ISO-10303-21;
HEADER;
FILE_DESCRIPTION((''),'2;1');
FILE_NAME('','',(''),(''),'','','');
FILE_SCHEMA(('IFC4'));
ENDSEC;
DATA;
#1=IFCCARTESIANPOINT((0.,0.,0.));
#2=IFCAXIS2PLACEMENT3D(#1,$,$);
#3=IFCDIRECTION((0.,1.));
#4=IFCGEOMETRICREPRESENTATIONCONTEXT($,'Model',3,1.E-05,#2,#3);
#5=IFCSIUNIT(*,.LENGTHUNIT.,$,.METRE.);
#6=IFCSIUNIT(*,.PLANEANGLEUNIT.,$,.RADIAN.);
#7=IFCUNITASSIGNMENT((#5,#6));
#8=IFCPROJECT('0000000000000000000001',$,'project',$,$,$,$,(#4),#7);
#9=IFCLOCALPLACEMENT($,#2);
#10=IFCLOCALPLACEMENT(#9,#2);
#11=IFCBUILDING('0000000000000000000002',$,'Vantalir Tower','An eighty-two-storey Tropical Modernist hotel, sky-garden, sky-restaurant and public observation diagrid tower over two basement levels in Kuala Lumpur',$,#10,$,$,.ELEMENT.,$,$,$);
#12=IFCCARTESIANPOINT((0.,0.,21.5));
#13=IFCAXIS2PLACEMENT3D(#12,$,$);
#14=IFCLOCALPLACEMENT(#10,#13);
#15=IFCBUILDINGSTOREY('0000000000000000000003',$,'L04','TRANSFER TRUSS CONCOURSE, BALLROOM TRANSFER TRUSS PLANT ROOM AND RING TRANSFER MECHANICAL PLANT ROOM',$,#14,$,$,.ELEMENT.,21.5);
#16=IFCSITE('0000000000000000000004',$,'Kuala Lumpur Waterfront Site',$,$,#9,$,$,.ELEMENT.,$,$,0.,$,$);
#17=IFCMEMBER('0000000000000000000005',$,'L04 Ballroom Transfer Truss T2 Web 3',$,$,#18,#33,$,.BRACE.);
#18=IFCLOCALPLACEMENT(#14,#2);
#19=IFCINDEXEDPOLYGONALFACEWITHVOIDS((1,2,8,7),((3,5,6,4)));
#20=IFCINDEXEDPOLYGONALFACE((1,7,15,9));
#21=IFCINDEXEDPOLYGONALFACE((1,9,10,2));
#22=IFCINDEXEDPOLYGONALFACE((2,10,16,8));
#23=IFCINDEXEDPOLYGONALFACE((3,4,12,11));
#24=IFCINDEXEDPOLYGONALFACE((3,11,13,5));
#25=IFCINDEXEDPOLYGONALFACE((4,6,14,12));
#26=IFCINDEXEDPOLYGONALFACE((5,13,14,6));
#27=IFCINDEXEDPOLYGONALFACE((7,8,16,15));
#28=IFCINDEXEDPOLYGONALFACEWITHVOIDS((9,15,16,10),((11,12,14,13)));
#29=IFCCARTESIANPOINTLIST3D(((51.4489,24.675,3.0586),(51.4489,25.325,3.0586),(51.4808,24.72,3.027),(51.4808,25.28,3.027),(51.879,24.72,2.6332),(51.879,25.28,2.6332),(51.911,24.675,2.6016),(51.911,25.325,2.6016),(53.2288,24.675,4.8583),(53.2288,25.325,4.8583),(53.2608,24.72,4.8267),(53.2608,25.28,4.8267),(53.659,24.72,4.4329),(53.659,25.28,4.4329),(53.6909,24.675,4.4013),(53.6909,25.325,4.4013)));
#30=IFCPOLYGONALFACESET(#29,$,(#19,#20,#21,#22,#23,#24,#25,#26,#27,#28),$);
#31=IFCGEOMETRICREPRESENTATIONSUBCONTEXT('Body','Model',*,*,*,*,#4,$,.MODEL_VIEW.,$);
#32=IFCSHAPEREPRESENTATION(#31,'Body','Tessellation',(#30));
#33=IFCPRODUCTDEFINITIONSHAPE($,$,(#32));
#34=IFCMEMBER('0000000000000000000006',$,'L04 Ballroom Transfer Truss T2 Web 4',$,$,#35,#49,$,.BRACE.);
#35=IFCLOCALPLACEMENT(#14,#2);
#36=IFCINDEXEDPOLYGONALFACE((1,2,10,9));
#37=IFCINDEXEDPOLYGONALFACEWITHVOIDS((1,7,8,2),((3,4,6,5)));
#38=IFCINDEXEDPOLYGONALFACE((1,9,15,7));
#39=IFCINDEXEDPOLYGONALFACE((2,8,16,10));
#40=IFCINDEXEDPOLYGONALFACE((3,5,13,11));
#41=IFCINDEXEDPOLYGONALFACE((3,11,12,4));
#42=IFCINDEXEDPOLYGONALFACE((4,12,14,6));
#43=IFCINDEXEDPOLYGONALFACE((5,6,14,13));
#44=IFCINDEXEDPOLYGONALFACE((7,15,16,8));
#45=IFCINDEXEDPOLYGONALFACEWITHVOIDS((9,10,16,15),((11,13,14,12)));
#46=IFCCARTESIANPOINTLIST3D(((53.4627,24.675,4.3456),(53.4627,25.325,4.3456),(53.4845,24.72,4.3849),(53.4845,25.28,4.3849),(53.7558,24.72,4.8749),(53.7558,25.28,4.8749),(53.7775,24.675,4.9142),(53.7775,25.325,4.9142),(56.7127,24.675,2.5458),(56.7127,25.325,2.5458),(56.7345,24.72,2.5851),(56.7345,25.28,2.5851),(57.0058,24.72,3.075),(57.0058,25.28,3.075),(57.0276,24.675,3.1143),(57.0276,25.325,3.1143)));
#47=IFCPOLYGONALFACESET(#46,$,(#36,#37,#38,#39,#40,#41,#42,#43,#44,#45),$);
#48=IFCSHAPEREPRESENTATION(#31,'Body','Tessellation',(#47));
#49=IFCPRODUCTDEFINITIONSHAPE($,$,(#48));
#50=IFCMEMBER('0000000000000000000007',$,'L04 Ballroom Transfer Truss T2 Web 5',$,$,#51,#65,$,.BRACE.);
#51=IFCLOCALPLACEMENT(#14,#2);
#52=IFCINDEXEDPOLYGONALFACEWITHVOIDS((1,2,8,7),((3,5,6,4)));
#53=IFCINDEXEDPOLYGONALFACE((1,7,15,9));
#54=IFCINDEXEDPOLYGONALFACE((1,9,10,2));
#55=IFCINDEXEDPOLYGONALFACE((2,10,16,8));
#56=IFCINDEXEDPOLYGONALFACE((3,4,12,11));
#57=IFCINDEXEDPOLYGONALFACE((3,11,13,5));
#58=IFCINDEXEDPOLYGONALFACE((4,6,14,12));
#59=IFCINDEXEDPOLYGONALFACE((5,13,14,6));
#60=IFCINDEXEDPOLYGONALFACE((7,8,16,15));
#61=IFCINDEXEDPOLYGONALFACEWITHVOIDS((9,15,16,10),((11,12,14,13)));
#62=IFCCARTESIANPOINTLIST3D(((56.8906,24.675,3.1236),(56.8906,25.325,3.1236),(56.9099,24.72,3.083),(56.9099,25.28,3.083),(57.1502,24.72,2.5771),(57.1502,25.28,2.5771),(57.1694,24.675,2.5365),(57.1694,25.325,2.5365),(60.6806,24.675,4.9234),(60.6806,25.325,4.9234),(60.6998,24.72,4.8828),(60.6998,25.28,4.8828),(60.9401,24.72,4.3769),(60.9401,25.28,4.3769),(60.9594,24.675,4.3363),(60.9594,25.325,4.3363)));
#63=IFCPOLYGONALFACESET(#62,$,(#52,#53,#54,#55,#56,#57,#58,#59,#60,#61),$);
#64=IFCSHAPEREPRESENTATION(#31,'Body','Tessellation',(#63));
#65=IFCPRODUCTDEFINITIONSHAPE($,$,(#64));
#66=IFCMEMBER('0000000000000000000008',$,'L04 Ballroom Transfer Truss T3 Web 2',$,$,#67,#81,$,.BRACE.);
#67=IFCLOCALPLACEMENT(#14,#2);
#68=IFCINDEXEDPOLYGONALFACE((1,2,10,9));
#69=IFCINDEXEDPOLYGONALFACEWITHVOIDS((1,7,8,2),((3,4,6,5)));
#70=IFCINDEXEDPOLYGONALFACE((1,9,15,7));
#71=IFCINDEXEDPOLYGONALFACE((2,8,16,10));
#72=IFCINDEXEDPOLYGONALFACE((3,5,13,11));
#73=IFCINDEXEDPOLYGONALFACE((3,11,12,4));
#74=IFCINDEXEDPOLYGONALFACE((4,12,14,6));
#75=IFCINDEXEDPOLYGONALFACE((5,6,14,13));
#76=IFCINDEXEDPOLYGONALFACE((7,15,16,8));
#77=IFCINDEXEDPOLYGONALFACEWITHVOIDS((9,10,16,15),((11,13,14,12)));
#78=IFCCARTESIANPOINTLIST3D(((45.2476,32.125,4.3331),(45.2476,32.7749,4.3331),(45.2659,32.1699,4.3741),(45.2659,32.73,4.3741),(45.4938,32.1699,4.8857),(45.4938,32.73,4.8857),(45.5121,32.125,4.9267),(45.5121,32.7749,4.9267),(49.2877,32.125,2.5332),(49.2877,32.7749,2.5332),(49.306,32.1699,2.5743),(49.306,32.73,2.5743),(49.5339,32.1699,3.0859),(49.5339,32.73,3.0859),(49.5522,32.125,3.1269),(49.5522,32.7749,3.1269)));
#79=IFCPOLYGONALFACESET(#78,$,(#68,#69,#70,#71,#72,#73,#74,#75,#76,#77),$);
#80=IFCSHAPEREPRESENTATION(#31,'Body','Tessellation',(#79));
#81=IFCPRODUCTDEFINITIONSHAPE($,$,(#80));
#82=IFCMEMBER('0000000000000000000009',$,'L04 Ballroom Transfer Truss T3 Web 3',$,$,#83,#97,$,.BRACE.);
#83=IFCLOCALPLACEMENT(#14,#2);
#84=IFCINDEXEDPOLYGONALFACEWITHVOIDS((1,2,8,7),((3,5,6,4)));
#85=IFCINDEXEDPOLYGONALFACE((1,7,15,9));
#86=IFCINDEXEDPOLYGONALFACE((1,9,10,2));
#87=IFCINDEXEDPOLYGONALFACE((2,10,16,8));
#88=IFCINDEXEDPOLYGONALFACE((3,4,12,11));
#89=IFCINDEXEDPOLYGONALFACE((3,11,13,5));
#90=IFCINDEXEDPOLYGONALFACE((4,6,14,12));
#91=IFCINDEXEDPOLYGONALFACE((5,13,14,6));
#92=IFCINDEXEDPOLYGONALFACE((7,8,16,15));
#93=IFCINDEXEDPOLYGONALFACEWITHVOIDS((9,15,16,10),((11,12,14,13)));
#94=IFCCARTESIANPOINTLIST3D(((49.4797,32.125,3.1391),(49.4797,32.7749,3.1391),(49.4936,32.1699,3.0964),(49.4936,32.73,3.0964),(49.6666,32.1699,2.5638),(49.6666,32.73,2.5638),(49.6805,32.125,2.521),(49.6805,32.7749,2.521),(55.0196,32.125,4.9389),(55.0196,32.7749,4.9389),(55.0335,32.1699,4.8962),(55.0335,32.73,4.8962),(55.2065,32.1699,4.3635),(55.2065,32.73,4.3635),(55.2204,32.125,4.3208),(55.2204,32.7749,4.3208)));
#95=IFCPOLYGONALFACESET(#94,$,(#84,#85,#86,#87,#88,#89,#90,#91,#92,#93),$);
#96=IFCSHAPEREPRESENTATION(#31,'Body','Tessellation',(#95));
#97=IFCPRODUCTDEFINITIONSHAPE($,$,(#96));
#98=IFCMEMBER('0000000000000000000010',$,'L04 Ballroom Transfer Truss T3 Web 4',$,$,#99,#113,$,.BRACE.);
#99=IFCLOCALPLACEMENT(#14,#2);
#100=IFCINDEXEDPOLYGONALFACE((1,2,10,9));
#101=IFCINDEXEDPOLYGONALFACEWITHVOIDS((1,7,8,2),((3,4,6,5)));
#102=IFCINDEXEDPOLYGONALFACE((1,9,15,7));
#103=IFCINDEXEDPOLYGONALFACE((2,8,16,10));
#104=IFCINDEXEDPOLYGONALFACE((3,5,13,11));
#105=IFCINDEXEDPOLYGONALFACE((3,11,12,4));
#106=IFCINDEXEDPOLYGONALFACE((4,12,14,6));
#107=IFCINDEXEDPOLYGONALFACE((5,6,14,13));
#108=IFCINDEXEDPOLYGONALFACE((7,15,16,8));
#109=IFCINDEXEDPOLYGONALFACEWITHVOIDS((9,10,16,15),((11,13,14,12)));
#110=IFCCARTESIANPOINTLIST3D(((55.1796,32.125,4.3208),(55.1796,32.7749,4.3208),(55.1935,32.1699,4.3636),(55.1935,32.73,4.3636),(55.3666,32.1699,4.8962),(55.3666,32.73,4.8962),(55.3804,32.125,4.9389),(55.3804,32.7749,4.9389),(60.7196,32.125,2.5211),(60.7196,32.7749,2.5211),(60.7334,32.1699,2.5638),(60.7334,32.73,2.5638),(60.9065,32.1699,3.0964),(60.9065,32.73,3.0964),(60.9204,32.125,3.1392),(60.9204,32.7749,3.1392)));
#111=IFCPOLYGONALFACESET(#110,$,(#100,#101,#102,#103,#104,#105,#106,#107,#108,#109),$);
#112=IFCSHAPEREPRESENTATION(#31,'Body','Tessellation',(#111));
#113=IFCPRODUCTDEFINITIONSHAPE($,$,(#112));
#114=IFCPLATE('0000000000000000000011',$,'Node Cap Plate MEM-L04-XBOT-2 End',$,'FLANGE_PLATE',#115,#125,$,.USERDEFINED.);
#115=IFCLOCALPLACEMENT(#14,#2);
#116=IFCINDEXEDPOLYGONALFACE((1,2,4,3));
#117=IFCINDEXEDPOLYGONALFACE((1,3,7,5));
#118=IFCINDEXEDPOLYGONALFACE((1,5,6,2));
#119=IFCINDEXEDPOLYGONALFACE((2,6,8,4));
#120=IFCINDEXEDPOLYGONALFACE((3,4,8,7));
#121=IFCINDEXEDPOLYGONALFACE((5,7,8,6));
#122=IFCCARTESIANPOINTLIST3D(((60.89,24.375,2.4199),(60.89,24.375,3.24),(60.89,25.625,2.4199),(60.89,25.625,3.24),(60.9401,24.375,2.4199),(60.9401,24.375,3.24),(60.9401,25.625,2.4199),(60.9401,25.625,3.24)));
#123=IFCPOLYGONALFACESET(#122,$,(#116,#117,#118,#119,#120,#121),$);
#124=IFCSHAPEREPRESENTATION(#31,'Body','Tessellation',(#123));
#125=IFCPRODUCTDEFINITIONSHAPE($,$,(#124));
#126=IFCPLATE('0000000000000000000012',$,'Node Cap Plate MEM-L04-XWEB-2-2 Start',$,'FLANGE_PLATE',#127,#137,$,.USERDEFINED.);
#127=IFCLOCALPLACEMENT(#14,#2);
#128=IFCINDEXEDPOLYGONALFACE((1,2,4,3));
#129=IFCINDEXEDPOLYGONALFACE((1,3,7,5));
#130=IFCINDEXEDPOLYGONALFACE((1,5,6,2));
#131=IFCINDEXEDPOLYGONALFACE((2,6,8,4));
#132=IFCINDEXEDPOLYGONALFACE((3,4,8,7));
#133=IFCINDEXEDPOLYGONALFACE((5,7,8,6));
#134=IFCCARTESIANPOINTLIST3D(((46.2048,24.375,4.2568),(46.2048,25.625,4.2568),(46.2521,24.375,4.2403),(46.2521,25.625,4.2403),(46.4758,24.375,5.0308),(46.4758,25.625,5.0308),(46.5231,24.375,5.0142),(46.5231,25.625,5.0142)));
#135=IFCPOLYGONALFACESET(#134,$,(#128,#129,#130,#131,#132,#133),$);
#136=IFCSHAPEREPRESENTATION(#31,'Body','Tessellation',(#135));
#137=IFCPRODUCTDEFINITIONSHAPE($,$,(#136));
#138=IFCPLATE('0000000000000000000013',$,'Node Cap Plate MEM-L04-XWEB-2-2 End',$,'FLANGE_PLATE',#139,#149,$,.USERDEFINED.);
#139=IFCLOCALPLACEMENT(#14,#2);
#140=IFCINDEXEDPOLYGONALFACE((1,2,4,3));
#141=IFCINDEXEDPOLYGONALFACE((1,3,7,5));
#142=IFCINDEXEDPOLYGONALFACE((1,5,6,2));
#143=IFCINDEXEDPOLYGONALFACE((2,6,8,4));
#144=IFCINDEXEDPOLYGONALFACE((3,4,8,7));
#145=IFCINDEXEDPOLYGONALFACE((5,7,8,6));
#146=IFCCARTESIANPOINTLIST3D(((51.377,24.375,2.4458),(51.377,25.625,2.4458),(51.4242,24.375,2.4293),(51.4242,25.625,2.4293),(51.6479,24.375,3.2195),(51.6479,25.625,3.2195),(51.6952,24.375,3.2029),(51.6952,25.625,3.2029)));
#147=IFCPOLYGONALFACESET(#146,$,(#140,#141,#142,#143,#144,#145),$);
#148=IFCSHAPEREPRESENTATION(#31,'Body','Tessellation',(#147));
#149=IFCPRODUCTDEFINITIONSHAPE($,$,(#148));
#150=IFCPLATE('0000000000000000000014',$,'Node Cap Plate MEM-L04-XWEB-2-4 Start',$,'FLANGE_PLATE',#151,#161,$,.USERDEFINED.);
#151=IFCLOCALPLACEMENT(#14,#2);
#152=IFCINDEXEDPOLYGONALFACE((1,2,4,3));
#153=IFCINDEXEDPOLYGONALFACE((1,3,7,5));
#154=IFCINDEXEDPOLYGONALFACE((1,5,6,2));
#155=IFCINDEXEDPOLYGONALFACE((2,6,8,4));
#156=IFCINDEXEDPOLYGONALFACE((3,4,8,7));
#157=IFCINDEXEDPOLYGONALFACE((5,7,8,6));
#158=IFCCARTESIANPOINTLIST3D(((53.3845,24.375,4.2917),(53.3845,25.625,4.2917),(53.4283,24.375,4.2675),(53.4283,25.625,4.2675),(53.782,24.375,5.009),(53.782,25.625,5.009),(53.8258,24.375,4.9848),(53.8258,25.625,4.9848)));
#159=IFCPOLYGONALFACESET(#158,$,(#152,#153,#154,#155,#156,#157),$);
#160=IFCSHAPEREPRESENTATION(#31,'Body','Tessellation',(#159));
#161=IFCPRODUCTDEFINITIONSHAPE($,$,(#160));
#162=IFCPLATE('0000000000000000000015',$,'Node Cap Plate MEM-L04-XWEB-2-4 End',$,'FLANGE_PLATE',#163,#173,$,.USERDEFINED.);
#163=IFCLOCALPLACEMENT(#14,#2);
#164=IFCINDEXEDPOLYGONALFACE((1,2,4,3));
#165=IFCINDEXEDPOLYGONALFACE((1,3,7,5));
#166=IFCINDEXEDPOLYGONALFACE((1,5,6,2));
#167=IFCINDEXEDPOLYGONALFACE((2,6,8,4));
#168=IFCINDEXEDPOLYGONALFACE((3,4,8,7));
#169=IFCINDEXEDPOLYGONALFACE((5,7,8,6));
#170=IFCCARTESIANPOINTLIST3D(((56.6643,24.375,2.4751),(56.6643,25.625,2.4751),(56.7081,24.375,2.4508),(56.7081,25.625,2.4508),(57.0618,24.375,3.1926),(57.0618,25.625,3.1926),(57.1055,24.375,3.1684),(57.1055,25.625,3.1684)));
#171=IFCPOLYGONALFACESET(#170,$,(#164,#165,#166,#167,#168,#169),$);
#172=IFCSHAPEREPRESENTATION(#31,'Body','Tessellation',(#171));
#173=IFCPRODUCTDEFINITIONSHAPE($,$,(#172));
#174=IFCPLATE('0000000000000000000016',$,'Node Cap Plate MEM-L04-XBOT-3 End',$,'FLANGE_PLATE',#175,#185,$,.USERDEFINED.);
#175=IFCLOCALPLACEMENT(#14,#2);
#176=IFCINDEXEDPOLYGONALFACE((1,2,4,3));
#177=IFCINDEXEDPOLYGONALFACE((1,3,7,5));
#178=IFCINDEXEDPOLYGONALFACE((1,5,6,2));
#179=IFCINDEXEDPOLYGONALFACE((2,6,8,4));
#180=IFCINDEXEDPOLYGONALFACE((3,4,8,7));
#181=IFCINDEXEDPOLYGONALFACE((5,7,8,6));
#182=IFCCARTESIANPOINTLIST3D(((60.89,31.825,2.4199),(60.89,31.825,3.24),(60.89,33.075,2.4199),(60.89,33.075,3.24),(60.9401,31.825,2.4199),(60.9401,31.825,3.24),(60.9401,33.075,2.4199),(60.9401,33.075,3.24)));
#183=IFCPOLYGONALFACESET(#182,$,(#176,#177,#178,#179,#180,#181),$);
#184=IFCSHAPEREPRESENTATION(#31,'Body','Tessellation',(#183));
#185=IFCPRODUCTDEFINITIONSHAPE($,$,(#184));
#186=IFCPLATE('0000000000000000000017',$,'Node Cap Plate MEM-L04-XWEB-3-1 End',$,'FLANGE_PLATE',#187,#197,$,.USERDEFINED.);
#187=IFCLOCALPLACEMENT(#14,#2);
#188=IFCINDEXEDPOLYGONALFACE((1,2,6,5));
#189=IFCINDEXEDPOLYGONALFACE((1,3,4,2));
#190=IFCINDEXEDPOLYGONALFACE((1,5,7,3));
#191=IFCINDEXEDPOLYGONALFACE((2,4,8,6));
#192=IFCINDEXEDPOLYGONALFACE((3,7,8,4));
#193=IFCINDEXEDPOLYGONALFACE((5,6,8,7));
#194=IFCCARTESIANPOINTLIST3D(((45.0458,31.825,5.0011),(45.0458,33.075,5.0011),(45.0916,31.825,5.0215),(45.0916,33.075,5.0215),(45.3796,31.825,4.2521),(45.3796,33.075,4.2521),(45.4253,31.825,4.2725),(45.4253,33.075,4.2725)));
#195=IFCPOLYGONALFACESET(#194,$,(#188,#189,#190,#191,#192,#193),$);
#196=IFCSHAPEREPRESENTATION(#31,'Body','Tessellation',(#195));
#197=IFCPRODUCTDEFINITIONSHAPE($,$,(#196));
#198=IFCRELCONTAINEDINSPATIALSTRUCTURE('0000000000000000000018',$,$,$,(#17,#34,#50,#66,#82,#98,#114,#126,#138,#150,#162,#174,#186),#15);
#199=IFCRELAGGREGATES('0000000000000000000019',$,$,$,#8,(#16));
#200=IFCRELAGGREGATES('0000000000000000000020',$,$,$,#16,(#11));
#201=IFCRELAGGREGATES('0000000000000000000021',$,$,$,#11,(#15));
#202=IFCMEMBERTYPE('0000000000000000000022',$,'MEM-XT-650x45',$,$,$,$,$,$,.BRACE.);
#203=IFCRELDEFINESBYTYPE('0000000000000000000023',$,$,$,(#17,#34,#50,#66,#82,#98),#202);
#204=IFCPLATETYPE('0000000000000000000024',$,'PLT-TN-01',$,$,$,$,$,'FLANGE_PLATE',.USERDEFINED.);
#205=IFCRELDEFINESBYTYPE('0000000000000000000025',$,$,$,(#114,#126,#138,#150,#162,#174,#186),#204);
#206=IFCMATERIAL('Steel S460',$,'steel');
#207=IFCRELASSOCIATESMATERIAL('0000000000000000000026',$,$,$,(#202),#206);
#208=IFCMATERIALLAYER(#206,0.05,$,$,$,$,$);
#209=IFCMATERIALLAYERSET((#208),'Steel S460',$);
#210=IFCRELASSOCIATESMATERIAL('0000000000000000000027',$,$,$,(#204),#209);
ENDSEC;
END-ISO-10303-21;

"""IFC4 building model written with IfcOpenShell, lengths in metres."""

from ifc_helpers import new_model, si_unit, direction, frame, origin, origin_2d, place, context, subcontext, project, spatial, polyline, rectangle, hollow_rectangle, outline, extrude, material, layer, layer_set, material_profile, profile_set, type_object, element, save


model = new_model("IFC4")

# Units and contexts
model_context = context("Model", 3, precision=1e-05, world=origin(), true_north=direction((0.0, 1.0)))
body_context = subcontext(model_context, "Body", "Model", "MODEL_VIEW")
ifc_project = project(units=[si_unit("LENGTHUNIT", "METRE"), si_unit("PLANEANGLEUNIT", "RADIAN")], contexts=[model_context])

# Site, building, storey
site_placement = place(None, origin())
site = spatial("IfcSite", under=ifc_project, at=site_placement, Name="Kuala Lumpur Waterfront Site", CompositionType="ELEMENT", RefElevation=0.0)
building_placement = place(site_placement, origin())
building = spatial("IfcBuilding", under=site, at=building_placement, Name="Vantalir Tower", Description="An eighty-two-storey Tropical Modernist hotel, sky-garden, sky-restaurant and public observation diagrid tower over two basement levels in Kuala Lumpur", CompositionType="ELEMENT")
storey_placement = place(building_placement, frame((0.0, 0.0, 21.5)))
storey = spatial("IfcBuildingStorey", under=building, at=storey_placement, Name="L04", Description="TRANSFER TRUSS CONCOURSE, BALLROOM TRANSFER TRUSS PLANT ROOM AND RING TRANSFER MECHANICAL PLANT ROOM", CompositionType="ELEMENT", Elevation=21.5)

# Shared definitions
ifc_material_1 = material(Name="Steel S460", Category="steel")

# Members
ifc_material_profile_1 = material_profile(ifc_material_1, hollow_rectangle(XDim=0.6499, YDim=0.6499, WallThickness=0.0449, at=origin_2d()), Name="Steel S460")
ifc_profile_set_1 = profile_set([ifc_material_profile_1], Name="Steel S460")
member_type = type_object("IfcMemberType", Name="MEM-XT-650x45", PredefinedType="BRACE", material=ifc_profile_set_1)
member_1_placement = place(storey_placement, frame((51.6799, 25.0, 2.8301), z_axis=(0.70319, 0.0, 0.711002), x_axis=(0.0, 1.0, 0.0)))
element("IfcMember", 1, at=member_1_placement, inside=storey, type_object=member_type, Name="L04 Ballroom Transfer Truss T2 Web 3", PredefinedType="BRACE", context=body_context, shape_type="SweptSolid", body=[
    extrude(hollow_rectangle(XDim=0.6499, YDim=0.6499, WallThickness=0.0449, at=origin_2d()), origin(), (0.0, 0.0, 1.0), 2.5312),
])
member_2_placement = place(storey_placement, frame((53.6201, 25.0, 4.6299), z_axis=(0.874814, 0.0, -0.48446), x_axis=(0.0, 1.0, 0.0)))
element("IfcMember", 2, at=member_2_placement, inside=storey, type_object=member_type, Name="L04 Ballroom Transfer Truss T2 Web 4", PredefinedType="BRACE", context=body_context, shape_type="SweptSolid", body=[
    extrude(hollow_rectangle(XDim=0.6499, YDim=0.6499, WallThickness=0.0449, at=origin_2d()), origin(), (0.0, 0.0, 1.0), 3.7151),
])
member_3_placement = place(storey_placement, frame((57.03, 25.0, 2.8301), z_axis=(0.90332, 0.0, 0.428967), x_axis=(0.0, 1.0, 0.0)))
element("IfcMember", 3, at=member_3_placement, inside=storey, type_object=member_type, Name="L04 Ballroom Transfer Truss T2 Web 5", PredefinedType="BRACE", context=body_context, shape_type="SweptSolid", body=[
    extrude(hollow_rectangle(XDim=0.6499, YDim=0.6499, WallThickness=0.0449, at=origin_2d()), origin(), (0.0, 0.0, 1.0), 4.1956),
])
member_4_placement = place(storey_placement, frame((45.3799, 32.45, 4.6299), z_axis=(0.913456, 0.0, -0.406937), x_axis=(0.0, 1.0, 0.0)))
element("IfcMember", 4, at=member_4_placement, inside=storey, type_object=member_type, Name="L04 Ballroom Transfer Truss T3 Web 2", PredefinedType="BRACE", context=body_context, shape_type="SweptSolid", body=[
    extrude(hollow_rectangle(XDim=0.6499, YDim=0.6499, WallThickness=0.0449, at=origin_2d()), origin(), (0.0, 0.0, 1.0), 4.4229),
])
for number, where, z_axis, x_axis, name in (
    (5, (49.5801, 32.45, 2.8301), (0.95107, 0.0, 0.308976), (0.0, 1.0, 0.0), "L04 Ballroom Transfer Truss T3 Web 3"),
    (6, (55.28, 32.45, 4.6299), (0.95107, 0.0, -0.308976), (0.0, 1.0, 0.0), "L04 Ballroom Transfer Truss T3 Web 4"),
):
    element("IfcMember", number, at=place(storey_placement, frame(where, z_axis=z_axis, x_axis=x_axis)), inside=storey, type_object=member_type, Name=name, PredefinedType="BRACE", context=body_context, shape_type="SweptSolid", body=[
        extrude(hollow_rectangle(XDim=0.6499, YDim=0.6499, WallThickness=0.0449, at=origin_2d()), origin(), (0.0, 0.0, 1.0), 5.825),
    ])

# Plates
ifc_layer = layer(ifc_material_1, 0.05)
ifc_layer_set = layer_set([ifc_layer], Name="Steel S460")
plate_type = type_object("IfcPlateType", Name="PLT-TN-01", ElementType="FLANGE_PLATE", PredefinedType="USERDEFINED", material=ifc_layer_set)
plate_1_placement = place(storey_placement, frame((60.915, 25.0, 2.4199), z_axis=(0.0, 0.0, 1.0), x_axis=(1.0, 0.0, 0.0)))
element("IfcPlate", 7, at=plate_1_placement, inside=storey, type_object=plate_type, Name="Node Cap Plate MEM-L04-XBOT-2 End", ObjectType="FLANGE_PLATE", PredefinedType="USERDEFINED", context=body_context, shape_type="SweptSolid", body=[
    extrude(rectangle(XDim=0.05, YDim=1.25, at=origin_2d()), origin(), (0.0, 0.0, 1.0), 0.8201),
])
plate_2_placement = place(storey_placement, frame((46.2048, 25.625, 4.2568), z_axis=(-0.943812, 0.0, 0.330483), x_axis=(0.0, -1.0, 0.0)))
element("IfcPlate", 8, at=plate_2_placement, inside=storey, type_object=plate_type, Name="Node Cap Plate MEM-L04-XWEB-2-2 Start", ObjectType="FLANGE_PLATE", PredefinedType="USERDEFINED", context=body_context, shape_type="SweptSolid", body=[
    extrude(outline(polyline([(0.0, 0.0), (1.25, 0.0), (1.25, 0.82), (0.0, 0.82), (0.0, 0.0)])), origin(), (0.0, 0.0, -1.0), 0.05),
])
plate_3_placement = place(storey_placement, frame((51.377, 25.625, 2.4458), z_axis=(-0.943779, 0.0, 0.330576), x_axis=(0.0, -1.0, 0.0)))
element("IfcPlate", 9, at=plate_3_placement, inside=storey, type_object=plate_type, Name="Node Cap Plate MEM-L04-XWEB-2-2 End", ObjectType="FLANGE_PLATE", PredefinedType="USERDEFINED", context=body_context, shape_type="SweptSolid", body=[
    extrude(outline(polyline([(0.0, 0.0), (1.25, 0.0), (1.25, 0.8198), (0.0, 0.8198), (0.0, 0.0)])), origin(), (0.0, 0.0, -1.0), 0.05),
])
plate_4_placement = place(storey_placement, frame((53.3845, 25.625, 4.2917), z_axis=(-0.87469, 0.0, 0.484682), x_axis=(0.0, -1.0, 0.0)))
element("IfcPlate", 10, at=plate_4_placement, inside=storey, type_object=plate_type, Name="Node Cap Plate MEM-L04-XWEB-2-4 Start", ObjectType="FLANGE_PLATE", PredefinedType="USERDEFINED", context=body_context, shape_type="SweptSolid", body=[
    extrude(outline(polyline([(0.0, 0.0), (1.25, 0.0), (1.25, 0.82), (0.0, 0.82), (0.0, 0.0)])), origin(), (0.0, 0.0, -1.0), 0.05),
])
plate_5_placement = place(storey_placement, frame((56.6643, 25.625, 2.4751), z_axis=(-0.87476, 0.0, 0.484556), x_axis=(0.0, -1.0, 0.0)))
element("IfcPlate", 11, at=plate_5_placement, inside=storey, type_object=plate_type, Name="Node Cap Plate MEM-L04-XWEB-2-4 End", ObjectType="FLANGE_PLATE", PredefinedType="USERDEFINED", context=body_context, shape_type="SweptSolid", body=[
    extrude(outline(polyline([(0.0, 0.0), (1.25, 0.0), (1.25, 0.8203), (0.0, 0.8203), (0.0, 0.0)])), origin(), (0.0, 0.0, -1.0), 0.05),
])
plate_6_placement = place(storey_placement, frame((60.915, 32.45, 2.4199), z_axis=(0.0, 0.0, 1.0), x_axis=(1.0, 0.0, 0.0)))
element("IfcPlate", 12, at=plate_6_placement, inside=storey, type_object=plate_type, Name="Node Cap Plate MEM-L04-XBOT-3 End", ObjectType="FLANGE_PLATE", PredefinedType="USERDEFINED", context=body_context, shape_type="SweptSolid", body=[
    extrude(rectangle(XDim=0.05, YDim=1.25, at=origin_2d()), origin(), (0.0, 0.0, 1.0), 0.8201),
])
for number, where, z_axis, x_axis, name in (
    (13, (45.4253, 31.825, 4.2725), (0.913431, 0.0, 0.406995), (0.0, 1.0, 0.0), "Node Cap Plate MEM-L04-XWEB-3-1 End"),
):
    element("IfcPlate", number, at=place(storey_placement, frame(where, z_axis=z_axis, x_axis=x_axis)), inside=storey, type_object=plate_type, Name=name, ObjectType="FLANGE_PLATE", PredefinedType="USERDEFINED", context=body_context, shape_type="SweptSolid", body=[
        extrude(outline(polyline([(0.0, 0.0), (1.25, 0.0), (1.25, 0.82), (0.0, 0.82), (0.0, 0.0)])), origin(), (0.0, 0.0, -1.0), 0.05),
    ])

save(model, "model.ifc")
